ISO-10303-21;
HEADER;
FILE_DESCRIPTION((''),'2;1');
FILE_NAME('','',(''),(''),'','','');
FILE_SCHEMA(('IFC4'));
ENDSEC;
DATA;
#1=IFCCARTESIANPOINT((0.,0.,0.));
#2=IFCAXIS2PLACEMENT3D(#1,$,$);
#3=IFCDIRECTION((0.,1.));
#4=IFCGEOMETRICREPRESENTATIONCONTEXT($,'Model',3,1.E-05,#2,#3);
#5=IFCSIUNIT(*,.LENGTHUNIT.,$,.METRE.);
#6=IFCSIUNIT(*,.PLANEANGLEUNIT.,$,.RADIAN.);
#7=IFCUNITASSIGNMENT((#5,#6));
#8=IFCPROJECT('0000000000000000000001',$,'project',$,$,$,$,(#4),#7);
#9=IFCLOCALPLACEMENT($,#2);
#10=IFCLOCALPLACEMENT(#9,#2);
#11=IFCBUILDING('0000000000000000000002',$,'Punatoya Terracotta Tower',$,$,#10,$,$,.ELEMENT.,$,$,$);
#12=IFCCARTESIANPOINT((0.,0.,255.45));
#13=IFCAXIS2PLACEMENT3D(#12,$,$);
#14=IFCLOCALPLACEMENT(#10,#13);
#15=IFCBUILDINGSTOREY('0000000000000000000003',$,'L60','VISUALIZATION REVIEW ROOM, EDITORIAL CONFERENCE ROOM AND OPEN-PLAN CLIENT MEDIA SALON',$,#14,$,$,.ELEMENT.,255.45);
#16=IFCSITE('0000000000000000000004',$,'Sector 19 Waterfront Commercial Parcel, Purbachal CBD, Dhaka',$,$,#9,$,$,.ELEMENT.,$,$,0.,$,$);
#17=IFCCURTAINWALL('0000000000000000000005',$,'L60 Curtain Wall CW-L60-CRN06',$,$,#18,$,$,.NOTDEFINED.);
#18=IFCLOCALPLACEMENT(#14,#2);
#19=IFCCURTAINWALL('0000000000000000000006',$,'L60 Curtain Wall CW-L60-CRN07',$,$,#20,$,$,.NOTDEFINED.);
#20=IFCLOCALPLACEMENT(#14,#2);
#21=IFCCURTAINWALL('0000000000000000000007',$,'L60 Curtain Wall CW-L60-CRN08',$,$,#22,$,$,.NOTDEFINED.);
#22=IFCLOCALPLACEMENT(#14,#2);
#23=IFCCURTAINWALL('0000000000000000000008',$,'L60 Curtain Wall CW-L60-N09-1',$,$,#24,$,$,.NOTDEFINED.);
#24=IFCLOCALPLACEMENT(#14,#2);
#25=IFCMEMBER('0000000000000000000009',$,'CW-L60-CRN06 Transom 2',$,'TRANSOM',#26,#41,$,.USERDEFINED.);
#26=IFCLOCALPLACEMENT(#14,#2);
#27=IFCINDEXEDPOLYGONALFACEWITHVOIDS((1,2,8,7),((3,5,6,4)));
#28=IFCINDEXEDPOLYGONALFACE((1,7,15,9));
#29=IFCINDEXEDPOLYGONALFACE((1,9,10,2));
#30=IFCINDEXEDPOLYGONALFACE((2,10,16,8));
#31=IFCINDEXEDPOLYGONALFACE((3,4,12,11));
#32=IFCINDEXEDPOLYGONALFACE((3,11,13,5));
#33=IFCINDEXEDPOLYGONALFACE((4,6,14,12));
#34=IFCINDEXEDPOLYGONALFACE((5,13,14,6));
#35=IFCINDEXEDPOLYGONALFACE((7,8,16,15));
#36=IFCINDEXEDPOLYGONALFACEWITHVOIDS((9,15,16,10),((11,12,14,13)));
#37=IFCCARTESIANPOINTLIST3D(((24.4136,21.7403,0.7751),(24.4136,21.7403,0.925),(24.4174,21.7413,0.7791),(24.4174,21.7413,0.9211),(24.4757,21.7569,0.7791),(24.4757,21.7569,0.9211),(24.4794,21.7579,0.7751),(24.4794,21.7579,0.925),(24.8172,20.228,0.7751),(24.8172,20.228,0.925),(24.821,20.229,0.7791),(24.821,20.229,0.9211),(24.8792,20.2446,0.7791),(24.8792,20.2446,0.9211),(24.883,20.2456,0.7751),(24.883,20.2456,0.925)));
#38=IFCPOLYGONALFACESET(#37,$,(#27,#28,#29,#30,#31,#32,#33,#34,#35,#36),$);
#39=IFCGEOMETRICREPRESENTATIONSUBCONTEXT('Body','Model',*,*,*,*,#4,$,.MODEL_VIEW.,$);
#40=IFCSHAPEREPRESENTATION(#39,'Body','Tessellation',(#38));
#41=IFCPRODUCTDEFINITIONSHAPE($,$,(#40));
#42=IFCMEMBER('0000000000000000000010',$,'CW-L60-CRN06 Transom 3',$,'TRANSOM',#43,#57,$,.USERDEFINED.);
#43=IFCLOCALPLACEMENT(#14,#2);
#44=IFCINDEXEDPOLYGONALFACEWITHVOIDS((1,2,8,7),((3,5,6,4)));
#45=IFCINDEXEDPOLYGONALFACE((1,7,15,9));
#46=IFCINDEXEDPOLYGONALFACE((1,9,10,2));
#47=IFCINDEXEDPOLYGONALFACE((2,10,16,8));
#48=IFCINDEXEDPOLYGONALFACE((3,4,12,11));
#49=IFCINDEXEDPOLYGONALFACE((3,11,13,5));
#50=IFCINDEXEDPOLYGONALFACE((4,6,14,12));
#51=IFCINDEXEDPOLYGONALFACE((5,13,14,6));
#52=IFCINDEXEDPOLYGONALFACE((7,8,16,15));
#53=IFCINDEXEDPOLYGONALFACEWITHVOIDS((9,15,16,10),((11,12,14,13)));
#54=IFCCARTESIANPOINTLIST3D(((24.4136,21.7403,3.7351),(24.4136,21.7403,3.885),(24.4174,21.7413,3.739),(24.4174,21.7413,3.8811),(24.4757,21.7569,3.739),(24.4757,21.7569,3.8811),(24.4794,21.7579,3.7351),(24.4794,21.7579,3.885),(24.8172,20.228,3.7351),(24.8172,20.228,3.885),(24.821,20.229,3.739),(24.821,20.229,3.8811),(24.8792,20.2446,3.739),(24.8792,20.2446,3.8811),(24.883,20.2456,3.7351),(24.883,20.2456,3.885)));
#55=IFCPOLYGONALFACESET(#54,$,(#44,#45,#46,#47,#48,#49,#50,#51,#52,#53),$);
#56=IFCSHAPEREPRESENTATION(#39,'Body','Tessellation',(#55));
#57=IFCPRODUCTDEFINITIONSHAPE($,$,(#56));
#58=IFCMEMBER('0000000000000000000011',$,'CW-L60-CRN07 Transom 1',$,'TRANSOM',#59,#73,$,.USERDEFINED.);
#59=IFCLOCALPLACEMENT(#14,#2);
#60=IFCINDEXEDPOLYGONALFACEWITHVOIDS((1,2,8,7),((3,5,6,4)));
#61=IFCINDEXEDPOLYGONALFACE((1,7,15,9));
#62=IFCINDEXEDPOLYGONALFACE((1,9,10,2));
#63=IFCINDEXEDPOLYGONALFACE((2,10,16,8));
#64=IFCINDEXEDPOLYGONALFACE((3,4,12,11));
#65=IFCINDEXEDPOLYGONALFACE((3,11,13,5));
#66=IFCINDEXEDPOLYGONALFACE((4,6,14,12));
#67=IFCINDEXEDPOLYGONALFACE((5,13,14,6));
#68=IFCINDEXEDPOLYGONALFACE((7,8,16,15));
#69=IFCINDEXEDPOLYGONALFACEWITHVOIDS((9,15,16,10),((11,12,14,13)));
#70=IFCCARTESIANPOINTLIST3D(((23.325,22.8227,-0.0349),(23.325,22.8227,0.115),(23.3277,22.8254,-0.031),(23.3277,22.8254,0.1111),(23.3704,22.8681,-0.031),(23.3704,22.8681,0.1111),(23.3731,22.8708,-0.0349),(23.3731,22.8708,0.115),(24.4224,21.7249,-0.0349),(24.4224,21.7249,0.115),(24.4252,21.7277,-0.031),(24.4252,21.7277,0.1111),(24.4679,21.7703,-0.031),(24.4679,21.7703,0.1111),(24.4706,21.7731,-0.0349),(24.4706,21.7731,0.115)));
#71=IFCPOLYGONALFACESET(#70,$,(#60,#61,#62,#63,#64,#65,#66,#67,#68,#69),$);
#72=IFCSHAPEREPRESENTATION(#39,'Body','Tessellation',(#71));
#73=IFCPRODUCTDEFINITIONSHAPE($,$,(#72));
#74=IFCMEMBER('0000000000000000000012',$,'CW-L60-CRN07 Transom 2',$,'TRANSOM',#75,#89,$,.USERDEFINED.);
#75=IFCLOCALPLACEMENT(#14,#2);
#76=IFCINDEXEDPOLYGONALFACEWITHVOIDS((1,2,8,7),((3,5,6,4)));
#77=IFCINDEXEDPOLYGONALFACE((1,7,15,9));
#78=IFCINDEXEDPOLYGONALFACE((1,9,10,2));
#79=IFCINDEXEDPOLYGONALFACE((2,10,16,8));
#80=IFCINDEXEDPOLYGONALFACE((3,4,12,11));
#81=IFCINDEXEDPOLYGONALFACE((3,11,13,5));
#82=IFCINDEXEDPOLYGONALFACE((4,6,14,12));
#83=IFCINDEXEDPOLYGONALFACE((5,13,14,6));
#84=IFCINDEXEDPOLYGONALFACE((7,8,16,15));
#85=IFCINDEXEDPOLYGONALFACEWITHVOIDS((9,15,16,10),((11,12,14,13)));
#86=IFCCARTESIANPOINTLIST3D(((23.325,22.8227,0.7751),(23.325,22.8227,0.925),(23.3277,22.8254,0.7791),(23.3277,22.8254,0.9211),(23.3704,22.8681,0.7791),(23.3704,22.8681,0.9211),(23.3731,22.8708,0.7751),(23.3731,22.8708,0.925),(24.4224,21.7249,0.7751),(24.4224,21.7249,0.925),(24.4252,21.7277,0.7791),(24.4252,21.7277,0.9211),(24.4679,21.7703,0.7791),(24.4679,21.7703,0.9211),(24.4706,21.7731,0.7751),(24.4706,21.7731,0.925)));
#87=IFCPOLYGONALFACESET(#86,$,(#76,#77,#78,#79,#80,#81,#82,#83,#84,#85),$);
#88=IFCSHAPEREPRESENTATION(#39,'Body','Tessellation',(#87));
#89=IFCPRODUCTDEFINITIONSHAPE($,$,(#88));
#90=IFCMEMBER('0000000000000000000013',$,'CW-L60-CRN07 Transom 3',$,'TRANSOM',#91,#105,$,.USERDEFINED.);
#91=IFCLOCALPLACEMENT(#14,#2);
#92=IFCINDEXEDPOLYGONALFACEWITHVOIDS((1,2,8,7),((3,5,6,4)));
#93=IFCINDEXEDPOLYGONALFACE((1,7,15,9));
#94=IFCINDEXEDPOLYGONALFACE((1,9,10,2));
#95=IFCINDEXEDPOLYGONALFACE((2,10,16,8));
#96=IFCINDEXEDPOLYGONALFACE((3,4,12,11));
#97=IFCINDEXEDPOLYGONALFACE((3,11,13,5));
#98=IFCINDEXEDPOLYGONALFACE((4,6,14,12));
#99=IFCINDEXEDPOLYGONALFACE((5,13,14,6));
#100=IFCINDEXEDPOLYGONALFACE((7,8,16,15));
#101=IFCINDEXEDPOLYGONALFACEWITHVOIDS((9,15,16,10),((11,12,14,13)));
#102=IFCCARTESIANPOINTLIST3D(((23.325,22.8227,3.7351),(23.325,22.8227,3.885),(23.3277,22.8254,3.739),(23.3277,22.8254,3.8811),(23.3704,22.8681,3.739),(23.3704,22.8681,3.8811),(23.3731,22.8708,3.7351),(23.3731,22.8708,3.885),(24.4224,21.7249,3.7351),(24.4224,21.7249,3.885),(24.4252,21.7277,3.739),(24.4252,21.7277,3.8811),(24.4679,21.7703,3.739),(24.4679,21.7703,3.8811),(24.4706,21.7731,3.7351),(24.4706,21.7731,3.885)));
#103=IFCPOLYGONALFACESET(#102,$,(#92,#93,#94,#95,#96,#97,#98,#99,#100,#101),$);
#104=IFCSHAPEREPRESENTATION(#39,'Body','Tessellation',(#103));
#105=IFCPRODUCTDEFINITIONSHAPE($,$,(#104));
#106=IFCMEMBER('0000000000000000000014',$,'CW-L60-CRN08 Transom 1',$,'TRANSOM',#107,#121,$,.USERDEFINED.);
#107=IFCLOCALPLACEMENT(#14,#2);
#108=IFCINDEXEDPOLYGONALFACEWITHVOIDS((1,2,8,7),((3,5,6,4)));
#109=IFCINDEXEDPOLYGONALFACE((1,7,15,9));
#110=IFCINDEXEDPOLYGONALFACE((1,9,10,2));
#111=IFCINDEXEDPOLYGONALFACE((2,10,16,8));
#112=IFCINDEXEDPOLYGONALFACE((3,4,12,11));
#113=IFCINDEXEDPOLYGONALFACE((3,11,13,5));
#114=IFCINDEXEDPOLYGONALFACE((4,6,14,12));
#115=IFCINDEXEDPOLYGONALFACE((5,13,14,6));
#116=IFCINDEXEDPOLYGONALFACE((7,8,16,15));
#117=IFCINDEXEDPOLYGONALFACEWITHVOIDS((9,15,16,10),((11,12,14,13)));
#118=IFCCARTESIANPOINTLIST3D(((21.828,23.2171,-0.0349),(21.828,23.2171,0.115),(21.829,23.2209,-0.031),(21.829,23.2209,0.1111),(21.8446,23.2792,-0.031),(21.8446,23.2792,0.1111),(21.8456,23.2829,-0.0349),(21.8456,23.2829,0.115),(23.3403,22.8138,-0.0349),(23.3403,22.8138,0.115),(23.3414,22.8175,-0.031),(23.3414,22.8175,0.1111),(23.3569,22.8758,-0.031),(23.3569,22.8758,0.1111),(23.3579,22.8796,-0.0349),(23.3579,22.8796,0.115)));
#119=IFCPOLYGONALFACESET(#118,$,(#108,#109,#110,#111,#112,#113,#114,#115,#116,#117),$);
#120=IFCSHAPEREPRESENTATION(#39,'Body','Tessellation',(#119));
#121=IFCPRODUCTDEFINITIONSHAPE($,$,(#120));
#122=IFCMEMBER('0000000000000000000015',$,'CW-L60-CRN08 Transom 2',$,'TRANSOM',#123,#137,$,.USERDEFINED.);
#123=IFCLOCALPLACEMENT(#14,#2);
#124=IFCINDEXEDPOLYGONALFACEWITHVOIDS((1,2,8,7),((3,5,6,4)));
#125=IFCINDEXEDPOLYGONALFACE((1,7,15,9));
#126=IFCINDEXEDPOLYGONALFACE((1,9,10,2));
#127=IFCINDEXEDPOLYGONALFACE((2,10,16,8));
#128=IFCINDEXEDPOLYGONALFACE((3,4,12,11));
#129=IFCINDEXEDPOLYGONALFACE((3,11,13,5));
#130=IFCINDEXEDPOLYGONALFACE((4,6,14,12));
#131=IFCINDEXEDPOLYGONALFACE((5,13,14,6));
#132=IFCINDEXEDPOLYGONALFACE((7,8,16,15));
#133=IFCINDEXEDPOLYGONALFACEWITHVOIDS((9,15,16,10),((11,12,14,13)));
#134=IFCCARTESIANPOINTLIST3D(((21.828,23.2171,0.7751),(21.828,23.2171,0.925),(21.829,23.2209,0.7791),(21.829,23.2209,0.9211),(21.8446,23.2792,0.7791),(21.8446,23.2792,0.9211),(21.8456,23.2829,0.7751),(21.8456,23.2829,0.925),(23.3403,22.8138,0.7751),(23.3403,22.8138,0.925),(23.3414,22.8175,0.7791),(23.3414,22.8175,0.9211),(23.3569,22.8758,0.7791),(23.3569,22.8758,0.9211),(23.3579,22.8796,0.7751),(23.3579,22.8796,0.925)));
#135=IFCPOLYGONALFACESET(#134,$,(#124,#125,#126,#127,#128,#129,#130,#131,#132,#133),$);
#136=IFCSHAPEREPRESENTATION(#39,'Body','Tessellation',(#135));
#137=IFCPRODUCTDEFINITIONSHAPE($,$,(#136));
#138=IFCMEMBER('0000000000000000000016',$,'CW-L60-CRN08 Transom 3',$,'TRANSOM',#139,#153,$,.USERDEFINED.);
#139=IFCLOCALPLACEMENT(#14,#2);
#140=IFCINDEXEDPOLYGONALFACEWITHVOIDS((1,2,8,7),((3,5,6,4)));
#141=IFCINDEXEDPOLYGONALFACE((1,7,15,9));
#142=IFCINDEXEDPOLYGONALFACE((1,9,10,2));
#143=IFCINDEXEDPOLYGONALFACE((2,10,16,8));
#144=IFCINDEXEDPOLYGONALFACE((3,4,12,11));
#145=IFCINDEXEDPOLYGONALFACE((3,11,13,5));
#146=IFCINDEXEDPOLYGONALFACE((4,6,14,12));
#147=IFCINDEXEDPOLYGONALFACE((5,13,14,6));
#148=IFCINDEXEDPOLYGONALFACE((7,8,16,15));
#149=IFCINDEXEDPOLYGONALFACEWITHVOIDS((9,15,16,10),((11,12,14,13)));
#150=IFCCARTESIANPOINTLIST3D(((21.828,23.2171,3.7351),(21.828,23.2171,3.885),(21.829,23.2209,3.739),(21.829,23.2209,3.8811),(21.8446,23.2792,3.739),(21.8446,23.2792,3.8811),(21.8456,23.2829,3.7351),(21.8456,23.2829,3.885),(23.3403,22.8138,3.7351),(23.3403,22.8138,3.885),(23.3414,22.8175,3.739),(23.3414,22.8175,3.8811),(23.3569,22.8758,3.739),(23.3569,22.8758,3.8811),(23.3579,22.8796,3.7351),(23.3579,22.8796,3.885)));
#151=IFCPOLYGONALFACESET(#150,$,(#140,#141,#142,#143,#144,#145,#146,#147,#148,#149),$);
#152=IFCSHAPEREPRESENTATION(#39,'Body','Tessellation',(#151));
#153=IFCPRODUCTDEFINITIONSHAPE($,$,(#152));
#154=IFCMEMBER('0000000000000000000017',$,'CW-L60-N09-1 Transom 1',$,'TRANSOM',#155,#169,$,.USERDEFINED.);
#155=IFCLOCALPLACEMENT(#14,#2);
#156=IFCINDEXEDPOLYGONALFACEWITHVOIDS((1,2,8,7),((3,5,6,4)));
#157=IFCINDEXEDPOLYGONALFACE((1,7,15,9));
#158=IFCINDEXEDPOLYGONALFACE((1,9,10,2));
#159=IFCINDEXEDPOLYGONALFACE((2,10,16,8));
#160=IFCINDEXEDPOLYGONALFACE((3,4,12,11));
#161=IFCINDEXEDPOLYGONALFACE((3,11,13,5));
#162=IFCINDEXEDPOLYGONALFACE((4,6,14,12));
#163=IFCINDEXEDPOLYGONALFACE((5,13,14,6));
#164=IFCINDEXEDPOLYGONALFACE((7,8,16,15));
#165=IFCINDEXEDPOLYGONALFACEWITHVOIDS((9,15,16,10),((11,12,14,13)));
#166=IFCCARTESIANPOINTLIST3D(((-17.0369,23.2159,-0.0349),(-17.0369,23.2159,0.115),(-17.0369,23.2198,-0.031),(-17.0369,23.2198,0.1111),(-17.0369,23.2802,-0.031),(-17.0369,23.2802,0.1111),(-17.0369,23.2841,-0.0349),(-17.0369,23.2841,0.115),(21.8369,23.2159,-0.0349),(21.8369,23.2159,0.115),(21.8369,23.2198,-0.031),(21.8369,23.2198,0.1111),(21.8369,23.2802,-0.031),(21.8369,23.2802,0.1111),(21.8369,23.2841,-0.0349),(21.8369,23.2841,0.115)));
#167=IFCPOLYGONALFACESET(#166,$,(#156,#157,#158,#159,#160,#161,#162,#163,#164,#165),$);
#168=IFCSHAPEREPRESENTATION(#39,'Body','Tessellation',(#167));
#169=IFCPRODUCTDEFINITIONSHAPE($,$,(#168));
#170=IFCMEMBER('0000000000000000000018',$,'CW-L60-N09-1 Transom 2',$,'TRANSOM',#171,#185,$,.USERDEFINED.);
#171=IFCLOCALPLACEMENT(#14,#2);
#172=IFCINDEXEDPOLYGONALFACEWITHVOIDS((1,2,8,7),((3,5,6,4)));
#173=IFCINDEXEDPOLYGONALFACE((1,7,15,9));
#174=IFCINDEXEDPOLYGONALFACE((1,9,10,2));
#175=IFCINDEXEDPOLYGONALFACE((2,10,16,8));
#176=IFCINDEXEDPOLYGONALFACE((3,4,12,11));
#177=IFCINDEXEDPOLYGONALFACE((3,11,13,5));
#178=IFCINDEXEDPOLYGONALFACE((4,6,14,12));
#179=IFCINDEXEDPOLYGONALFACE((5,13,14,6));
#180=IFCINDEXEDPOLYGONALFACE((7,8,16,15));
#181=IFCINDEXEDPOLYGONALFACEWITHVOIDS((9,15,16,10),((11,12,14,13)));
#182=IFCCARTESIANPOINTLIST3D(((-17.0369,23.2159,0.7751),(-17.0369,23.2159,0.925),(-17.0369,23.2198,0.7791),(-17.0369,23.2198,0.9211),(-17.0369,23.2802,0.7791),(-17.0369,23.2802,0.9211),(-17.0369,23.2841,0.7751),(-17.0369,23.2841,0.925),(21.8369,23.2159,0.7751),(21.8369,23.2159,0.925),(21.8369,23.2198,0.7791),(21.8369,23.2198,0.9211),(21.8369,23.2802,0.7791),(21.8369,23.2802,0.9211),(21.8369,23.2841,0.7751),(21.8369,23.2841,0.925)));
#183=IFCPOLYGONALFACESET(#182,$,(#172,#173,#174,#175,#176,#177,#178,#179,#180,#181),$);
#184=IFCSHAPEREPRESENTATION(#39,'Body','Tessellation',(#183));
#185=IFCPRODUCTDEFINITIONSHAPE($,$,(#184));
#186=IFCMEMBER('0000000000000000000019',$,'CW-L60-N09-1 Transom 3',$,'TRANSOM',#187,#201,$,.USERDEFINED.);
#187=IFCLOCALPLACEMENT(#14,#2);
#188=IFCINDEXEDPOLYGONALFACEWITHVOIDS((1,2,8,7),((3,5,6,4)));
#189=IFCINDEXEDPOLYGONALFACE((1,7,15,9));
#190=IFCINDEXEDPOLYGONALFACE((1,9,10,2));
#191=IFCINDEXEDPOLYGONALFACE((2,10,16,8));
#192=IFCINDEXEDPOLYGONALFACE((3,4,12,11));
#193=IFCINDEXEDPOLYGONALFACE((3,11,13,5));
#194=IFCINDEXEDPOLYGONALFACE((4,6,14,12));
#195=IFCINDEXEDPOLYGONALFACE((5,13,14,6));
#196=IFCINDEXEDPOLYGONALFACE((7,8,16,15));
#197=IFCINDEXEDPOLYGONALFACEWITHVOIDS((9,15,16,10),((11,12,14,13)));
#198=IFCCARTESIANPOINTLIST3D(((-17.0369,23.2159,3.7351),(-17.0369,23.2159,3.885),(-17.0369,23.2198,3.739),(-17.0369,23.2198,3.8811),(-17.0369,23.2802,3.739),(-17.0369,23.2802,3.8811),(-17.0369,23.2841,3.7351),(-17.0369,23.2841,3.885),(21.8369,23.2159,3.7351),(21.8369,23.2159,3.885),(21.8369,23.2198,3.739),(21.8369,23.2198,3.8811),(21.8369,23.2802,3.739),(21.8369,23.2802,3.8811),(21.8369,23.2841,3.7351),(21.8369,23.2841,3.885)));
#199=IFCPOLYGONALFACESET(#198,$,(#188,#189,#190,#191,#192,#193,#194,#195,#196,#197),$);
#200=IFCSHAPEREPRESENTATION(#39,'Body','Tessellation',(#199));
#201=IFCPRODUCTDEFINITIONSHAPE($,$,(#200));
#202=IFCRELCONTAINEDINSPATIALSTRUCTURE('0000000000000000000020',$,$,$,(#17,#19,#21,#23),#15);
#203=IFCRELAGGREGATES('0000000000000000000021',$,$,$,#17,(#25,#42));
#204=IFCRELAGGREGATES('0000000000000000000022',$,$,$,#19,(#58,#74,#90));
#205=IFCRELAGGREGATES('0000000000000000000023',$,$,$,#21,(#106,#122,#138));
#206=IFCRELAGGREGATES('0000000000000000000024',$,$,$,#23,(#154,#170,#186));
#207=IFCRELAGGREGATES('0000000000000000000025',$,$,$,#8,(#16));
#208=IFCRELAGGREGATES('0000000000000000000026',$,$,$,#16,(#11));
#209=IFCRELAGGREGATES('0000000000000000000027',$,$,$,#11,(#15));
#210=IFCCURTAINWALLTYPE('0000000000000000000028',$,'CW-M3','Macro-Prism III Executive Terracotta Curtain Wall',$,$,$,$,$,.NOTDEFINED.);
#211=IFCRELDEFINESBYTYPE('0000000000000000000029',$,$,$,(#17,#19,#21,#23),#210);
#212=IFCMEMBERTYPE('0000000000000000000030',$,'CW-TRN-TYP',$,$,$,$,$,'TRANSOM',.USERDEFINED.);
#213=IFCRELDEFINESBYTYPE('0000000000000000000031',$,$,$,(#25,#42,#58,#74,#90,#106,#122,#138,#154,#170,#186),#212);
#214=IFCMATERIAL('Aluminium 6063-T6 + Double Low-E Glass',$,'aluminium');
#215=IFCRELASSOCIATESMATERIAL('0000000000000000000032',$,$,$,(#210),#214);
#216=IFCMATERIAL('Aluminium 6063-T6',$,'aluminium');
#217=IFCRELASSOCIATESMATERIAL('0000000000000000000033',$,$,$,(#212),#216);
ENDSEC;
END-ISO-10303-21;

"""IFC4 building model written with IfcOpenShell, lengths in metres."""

from ifc_helpers import new_model, si_unit, direction, frame, origin, origin_2d, place, context, subcontext, project, spatial, hollow_rectangle, extrude, material, material_profile, profile_set, type_object, element, aggregate, save


model = new_model("IFC4")

# Units and contexts
model_context = context("Model", 3, precision=1e-05, world=origin(), true_north=direction((0.0, 1.0)))
body_context = subcontext(model_context, "Body", "Model", "MODEL_VIEW")
ifc_project = project(units=[si_unit("LENGTHUNIT", "METRE"), si_unit("PLANEANGLEUNIT", "RADIAN")], contexts=[model_context])

# Site, building, storey
site_placement = place(None, origin())
site = spatial("IfcSite", under=ifc_project, at=site_placement, Name="Sector 19 Waterfront Commercial Parcel, Purbachal CBD, Dhaka", CompositionType="ELEMENT", RefElevation=0.0)
building_placement = place(site_placement, origin())
building = spatial("IfcBuilding", under=site, at=building_placement, Name="Punatoya Terracotta Tower", CompositionType="ELEMENT")
storey_placement = place(building_placement, frame((0.0, 0.0, 255.45)))
storey = spatial("IfcBuildingStorey", under=building, at=storey_placement, Name="L60", Description="VISUALIZATION REVIEW ROOM, EDITORIAL CONFERENCE ROOM AND OPEN-PLAN CLIENT MEDIA SALON", CompositionType="ELEMENT", Elevation=255.45)

# Curtain walls
ifc_material_1 = material(Name="Aluminium 6063-T6 + Double Low-E Glass", Category="aluminium")
curtain_wall_type = type_object("IfcCurtainWallType", Name="CW-M3", Description="Macro-Prism III Executive Terracotta Curtain Wall", PredefinedType="NOTDEFINED", material=ifc_material_1)
curtain_wall_1_placement = place(storey_placement, origin())
curtain_wall_1 = element("IfcCurtainWall", 1, at=curtain_wall_1_placement, inside=storey, type_object=curtain_wall_type, Name="L60 Curtain Wall CW-L60-CRN06", PredefinedType="NOTDEFINED")
ifc_material_2 = material(Name="Aluminium 6063-T6", Category="aluminium")
curtain_wall_2_placement = place(storey_placement, origin())
curtain_wall_2 = element("IfcCurtainWall", 2, at=curtain_wall_2_placement, inside=storey, type_object=curtain_wall_type, Name="L60 Curtain Wall CW-L60-CRN07", PredefinedType="NOTDEFINED")
curtain_wall_3_placement = place(storey_placement, origin())
curtain_wall_3 = element("IfcCurtainWall", 3, at=curtain_wall_3_placement, inside=storey, type_object=curtain_wall_type, Name="L60 Curtain Wall CW-L60-CRN08", PredefinedType="NOTDEFINED")

# Curtain wall
curtain_wall_4_placement = place(storey_placement, origin())
curtain_wall_4 = element("IfcCurtainWall", 4, at=curtain_wall_4_placement, inside=storey, type_object=curtain_wall_type, Name="L60 Curtain Wall CW-L60-N09-1", PredefinedType="NOTDEFINED")

# Members
ifc_material_profile_1 = material_profile(ifc_material_2, hollow_rectangle(XDim=0.0681, YDim=0.1499, WallThickness=0.0039, at=origin_2d()))
ifc_profile_set_1 = profile_set([ifc_material_profile_1], Name="Aluminium 6063-T6")
member_type_1 = type_object("IfcMemberType", Name="CW-TRN-TYP", ElementType="TRANSOM", PredefinedType="USERDEFINED", material=ifc_profile_set_1)
member_1_placement = place(storey_placement, frame((24.8501, 20.2368, 0.8501), z_axis=(-0.257847, 0.966186, 0.0), x_axis=(-0.966186, -0.257847, 0.0)))
member_1 = element("IfcMember", 5, at=member_1_placement, type_object=member_type_1, Name="CW-L60-CRN06 Transom 2", ObjectType="TRANSOM", PredefinedType="USERDEFINED", context=body_context, shape_type="SweptSolid", body=[
    extrude(hollow_rectangle(XDim=0.0681, YDim=0.1499, WallThickness=0.0039, at=origin_2d()), origin(), (0.0, 0.0, 1.0), 1.5652),
])
member_2_placement = place(storey_placement, frame((24.8501, 20.2368, 3.8101), z_axis=(-0.257847, 0.966186, 0.0), x_axis=(-0.966186, -0.257847, 0.0)))
member_2 = element("IfcMember", 6, at=member_2_placement, type_object=member_type_1, Name="CW-L60-CRN06 Transom 3", ObjectType="TRANSOM", PredefinedType="USERDEFINED", context=body_context, shape_type="SweptSolid", body=[
    extrude(hollow_rectangle(XDim=0.0681, YDim=0.1499, WallThickness=0.0039, at=origin_2d()), origin(), (0.0, 0.0, 1.0), 1.5652),
])
member_3_placement = place(storey_placement, frame((24.4465, 21.749, 0.04), z_axis=(-0.707028, 0.707185, 0.0), x_axis=(-0.707185, -0.707028, 0.0)))
member_3 = element("IfcMember", 7, at=member_3_placement, type_object=member_type_1, Name="CW-L60-CRN07 Transom 1", ObjectType="TRANSOM", PredefinedType="USERDEFINED", context=body_context, shape_type="SweptSolid", body=[
    extrude(hollow_rectangle(XDim=0.0681, YDim=0.1499, WallThickness=0.0039, at=origin_2d()), origin(), (0.0, 0.0, 1.0), 1.5522),
])
member_4_placement = place(storey_placement, frame((24.4465, 21.749, 0.8501), z_axis=(-0.707028, 0.707185, 0.0), x_axis=(-0.707185, -0.707028, 0.0)))
member_4 = element("IfcMember", 8, at=member_4_placement, type_object=member_type_1, Name="CW-L60-CRN07 Transom 2", ObjectType="TRANSOM", PredefinedType="USERDEFINED", context=body_context, shape_type="SweptSolid", body=[
    extrude(hollow_rectangle(XDim=0.0681, YDim=0.1499, WallThickness=0.0039, at=origin_2d()), origin(), (0.0, 0.0, 1.0), 1.5522),
])
member_5_placement = place(storey_placement, frame((24.4465, 21.749, 3.8101), z_axis=(-0.707028, 0.707185, 0.0), x_axis=(-0.707185, -0.707028, 0.0)))
member_5 = element("IfcMember", 9, at=member_5_placement, type_object=member_type_1, Name="CW-L60-CRN07 Transom 3", ObjectType="TRANSOM", PredefinedType="USERDEFINED", context=body_context, shape_type="SweptSolid", body=[
    extrude(hollow_rectangle(XDim=0.0681, YDim=0.1499, WallThickness=0.0039, at=origin_2d()), origin(), (0.0, 0.0, 1.0), 1.5522),
])
member_6_placement = place(storey_placement, frame((23.3491, 22.8467, 0.04), z_axis=(-0.966225, 0.257701, 0.0), x_axis=(-0.257701, -0.966225, 0.0)))
member_6 = element("IfcMember", 10, at=member_6_placement, type_object=member_type_1, Name="CW-L60-CRN08 Transom 1", ObjectType="TRANSOM", PredefinedType="USERDEFINED", context=body_context, shape_type="SweptSolid", body=[
    extrude(hollow_rectangle(XDim=0.0681, YDim=0.1499, WallThickness=0.0039, at=origin_2d()), origin(), (0.0, 0.0, 1.0), 1.5652),
])
member_7_placement = place(storey_placement, frame((23.3491, 22.8467, 0.8501), z_axis=(-0.966225, 0.257701, 0.0), x_axis=(-0.257701, -0.966225, 0.0)))
member_7 = element("IfcMember", 11, at=member_7_placement, type_object=member_type_1, Name="CW-L60-CRN08 Transom 2", ObjectType="TRANSOM", PredefinedType="USERDEFINED", context=body_context, shape_type="SweptSolid", body=[
    extrude(hollow_rectangle(XDim=0.0681, YDim=0.1499, WallThickness=0.0039, at=origin_2d()), origin(), (0.0, 0.0, 1.0), 1.5652),
])
member_8_placement = place(storey_placement, frame((23.3491, 22.8467, 3.8101), z_axis=(-0.966225, 0.257701, 0.0), x_axis=(-0.257701, -0.966225, 0.0)))
member_8 = element("IfcMember", 12, at=member_8_placement, type_object=member_type_1, Name="CW-L60-CRN08 Transom 3", ObjectType="TRANSOM", PredefinedType="USERDEFINED", context=body_context, shape_type="SweptSolid", body=[
    extrude(hollow_rectangle(XDim=0.0681, YDim=0.1499, WallThickness=0.0039, at=origin_2d()), origin(), (0.0, 0.0, 1.0), 1.5652),
])
member_9_placement = place(storey_placement, frame((21.8369, 23.25, 0.04), z_axis=(-1.0, 0.0, 0.0), x_axis=(0.0, -1.0, 0.0)))
member_9 = element("IfcMember", 13, at=member_9_placement, type_object=member_type_1, Name="CW-L60-N09-1 Transom 1", ObjectType="TRANSOM", PredefinedType="USERDEFINED", context=body_context, shape_type="SweptSolid", body=[
    extrude(hollow_rectangle(XDim=0.0681, YDim=0.1499, WallThickness=0.0039, at=origin_2d()), origin(), (0.0, 0.0, 1.0), 38.8738),
])
member_10_placement = place(storey_placement, frame((21.8369, 23.25, 0.8501), z_axis=(-1.0, 0.0, 0.0), x_axis=(0.0, -1.0, 0.0)))
member_10 = element("IfcMember", 14, at=member_10_placement, type_object=member_type_1, Name="CW-L60-N09-1 Transom 2", ObjectType="TRANSOM", PredefinedType="USERDEFINED", context=body_context, shape_type="SweptSolid", body=[
    extrude(hollow_rectangle(XDim=0.0681, YDim=0.1499, WallThickness=0.0039, at=origin_2d()), origin(), (0.0, 0.0, 1.0), 38.8738),
])
member_11_placement = place(storey_placement, frame((21.8369, 23.25, 3.8101), z_axis=(-1.0, 0.0, 0.0), x_axis=(0.0, -1.0, 0.0)))
member_11 = element("IfcMember", 15, at=member_11_placement, type_object=member_type_1, Name="CW-L60-N09-1 Transom 3", ObjectType="TRANSOM", PredefinedType="USERDEFINED", context=body_context, shape_type="SweptSolid", body=[
    extrude(hollow_rectangle(XDim=0.0681, YDim=0.1499, WallThickness=0.0039, at=origin_2d()), origin(), (0.0, 0.0, 1.0), 38.8738),
])

aggregate(curtain_wall_1, [member_1, member_2])
aggregate(curtain_wall_2, [member_3, member_4, member_5])
aggregate(curtain_wall_3, [member_6, member_7, member_8])
aggregate(curtain_wall_4, [member_9, member_10, member_11])

save(model, "model.ifc")
